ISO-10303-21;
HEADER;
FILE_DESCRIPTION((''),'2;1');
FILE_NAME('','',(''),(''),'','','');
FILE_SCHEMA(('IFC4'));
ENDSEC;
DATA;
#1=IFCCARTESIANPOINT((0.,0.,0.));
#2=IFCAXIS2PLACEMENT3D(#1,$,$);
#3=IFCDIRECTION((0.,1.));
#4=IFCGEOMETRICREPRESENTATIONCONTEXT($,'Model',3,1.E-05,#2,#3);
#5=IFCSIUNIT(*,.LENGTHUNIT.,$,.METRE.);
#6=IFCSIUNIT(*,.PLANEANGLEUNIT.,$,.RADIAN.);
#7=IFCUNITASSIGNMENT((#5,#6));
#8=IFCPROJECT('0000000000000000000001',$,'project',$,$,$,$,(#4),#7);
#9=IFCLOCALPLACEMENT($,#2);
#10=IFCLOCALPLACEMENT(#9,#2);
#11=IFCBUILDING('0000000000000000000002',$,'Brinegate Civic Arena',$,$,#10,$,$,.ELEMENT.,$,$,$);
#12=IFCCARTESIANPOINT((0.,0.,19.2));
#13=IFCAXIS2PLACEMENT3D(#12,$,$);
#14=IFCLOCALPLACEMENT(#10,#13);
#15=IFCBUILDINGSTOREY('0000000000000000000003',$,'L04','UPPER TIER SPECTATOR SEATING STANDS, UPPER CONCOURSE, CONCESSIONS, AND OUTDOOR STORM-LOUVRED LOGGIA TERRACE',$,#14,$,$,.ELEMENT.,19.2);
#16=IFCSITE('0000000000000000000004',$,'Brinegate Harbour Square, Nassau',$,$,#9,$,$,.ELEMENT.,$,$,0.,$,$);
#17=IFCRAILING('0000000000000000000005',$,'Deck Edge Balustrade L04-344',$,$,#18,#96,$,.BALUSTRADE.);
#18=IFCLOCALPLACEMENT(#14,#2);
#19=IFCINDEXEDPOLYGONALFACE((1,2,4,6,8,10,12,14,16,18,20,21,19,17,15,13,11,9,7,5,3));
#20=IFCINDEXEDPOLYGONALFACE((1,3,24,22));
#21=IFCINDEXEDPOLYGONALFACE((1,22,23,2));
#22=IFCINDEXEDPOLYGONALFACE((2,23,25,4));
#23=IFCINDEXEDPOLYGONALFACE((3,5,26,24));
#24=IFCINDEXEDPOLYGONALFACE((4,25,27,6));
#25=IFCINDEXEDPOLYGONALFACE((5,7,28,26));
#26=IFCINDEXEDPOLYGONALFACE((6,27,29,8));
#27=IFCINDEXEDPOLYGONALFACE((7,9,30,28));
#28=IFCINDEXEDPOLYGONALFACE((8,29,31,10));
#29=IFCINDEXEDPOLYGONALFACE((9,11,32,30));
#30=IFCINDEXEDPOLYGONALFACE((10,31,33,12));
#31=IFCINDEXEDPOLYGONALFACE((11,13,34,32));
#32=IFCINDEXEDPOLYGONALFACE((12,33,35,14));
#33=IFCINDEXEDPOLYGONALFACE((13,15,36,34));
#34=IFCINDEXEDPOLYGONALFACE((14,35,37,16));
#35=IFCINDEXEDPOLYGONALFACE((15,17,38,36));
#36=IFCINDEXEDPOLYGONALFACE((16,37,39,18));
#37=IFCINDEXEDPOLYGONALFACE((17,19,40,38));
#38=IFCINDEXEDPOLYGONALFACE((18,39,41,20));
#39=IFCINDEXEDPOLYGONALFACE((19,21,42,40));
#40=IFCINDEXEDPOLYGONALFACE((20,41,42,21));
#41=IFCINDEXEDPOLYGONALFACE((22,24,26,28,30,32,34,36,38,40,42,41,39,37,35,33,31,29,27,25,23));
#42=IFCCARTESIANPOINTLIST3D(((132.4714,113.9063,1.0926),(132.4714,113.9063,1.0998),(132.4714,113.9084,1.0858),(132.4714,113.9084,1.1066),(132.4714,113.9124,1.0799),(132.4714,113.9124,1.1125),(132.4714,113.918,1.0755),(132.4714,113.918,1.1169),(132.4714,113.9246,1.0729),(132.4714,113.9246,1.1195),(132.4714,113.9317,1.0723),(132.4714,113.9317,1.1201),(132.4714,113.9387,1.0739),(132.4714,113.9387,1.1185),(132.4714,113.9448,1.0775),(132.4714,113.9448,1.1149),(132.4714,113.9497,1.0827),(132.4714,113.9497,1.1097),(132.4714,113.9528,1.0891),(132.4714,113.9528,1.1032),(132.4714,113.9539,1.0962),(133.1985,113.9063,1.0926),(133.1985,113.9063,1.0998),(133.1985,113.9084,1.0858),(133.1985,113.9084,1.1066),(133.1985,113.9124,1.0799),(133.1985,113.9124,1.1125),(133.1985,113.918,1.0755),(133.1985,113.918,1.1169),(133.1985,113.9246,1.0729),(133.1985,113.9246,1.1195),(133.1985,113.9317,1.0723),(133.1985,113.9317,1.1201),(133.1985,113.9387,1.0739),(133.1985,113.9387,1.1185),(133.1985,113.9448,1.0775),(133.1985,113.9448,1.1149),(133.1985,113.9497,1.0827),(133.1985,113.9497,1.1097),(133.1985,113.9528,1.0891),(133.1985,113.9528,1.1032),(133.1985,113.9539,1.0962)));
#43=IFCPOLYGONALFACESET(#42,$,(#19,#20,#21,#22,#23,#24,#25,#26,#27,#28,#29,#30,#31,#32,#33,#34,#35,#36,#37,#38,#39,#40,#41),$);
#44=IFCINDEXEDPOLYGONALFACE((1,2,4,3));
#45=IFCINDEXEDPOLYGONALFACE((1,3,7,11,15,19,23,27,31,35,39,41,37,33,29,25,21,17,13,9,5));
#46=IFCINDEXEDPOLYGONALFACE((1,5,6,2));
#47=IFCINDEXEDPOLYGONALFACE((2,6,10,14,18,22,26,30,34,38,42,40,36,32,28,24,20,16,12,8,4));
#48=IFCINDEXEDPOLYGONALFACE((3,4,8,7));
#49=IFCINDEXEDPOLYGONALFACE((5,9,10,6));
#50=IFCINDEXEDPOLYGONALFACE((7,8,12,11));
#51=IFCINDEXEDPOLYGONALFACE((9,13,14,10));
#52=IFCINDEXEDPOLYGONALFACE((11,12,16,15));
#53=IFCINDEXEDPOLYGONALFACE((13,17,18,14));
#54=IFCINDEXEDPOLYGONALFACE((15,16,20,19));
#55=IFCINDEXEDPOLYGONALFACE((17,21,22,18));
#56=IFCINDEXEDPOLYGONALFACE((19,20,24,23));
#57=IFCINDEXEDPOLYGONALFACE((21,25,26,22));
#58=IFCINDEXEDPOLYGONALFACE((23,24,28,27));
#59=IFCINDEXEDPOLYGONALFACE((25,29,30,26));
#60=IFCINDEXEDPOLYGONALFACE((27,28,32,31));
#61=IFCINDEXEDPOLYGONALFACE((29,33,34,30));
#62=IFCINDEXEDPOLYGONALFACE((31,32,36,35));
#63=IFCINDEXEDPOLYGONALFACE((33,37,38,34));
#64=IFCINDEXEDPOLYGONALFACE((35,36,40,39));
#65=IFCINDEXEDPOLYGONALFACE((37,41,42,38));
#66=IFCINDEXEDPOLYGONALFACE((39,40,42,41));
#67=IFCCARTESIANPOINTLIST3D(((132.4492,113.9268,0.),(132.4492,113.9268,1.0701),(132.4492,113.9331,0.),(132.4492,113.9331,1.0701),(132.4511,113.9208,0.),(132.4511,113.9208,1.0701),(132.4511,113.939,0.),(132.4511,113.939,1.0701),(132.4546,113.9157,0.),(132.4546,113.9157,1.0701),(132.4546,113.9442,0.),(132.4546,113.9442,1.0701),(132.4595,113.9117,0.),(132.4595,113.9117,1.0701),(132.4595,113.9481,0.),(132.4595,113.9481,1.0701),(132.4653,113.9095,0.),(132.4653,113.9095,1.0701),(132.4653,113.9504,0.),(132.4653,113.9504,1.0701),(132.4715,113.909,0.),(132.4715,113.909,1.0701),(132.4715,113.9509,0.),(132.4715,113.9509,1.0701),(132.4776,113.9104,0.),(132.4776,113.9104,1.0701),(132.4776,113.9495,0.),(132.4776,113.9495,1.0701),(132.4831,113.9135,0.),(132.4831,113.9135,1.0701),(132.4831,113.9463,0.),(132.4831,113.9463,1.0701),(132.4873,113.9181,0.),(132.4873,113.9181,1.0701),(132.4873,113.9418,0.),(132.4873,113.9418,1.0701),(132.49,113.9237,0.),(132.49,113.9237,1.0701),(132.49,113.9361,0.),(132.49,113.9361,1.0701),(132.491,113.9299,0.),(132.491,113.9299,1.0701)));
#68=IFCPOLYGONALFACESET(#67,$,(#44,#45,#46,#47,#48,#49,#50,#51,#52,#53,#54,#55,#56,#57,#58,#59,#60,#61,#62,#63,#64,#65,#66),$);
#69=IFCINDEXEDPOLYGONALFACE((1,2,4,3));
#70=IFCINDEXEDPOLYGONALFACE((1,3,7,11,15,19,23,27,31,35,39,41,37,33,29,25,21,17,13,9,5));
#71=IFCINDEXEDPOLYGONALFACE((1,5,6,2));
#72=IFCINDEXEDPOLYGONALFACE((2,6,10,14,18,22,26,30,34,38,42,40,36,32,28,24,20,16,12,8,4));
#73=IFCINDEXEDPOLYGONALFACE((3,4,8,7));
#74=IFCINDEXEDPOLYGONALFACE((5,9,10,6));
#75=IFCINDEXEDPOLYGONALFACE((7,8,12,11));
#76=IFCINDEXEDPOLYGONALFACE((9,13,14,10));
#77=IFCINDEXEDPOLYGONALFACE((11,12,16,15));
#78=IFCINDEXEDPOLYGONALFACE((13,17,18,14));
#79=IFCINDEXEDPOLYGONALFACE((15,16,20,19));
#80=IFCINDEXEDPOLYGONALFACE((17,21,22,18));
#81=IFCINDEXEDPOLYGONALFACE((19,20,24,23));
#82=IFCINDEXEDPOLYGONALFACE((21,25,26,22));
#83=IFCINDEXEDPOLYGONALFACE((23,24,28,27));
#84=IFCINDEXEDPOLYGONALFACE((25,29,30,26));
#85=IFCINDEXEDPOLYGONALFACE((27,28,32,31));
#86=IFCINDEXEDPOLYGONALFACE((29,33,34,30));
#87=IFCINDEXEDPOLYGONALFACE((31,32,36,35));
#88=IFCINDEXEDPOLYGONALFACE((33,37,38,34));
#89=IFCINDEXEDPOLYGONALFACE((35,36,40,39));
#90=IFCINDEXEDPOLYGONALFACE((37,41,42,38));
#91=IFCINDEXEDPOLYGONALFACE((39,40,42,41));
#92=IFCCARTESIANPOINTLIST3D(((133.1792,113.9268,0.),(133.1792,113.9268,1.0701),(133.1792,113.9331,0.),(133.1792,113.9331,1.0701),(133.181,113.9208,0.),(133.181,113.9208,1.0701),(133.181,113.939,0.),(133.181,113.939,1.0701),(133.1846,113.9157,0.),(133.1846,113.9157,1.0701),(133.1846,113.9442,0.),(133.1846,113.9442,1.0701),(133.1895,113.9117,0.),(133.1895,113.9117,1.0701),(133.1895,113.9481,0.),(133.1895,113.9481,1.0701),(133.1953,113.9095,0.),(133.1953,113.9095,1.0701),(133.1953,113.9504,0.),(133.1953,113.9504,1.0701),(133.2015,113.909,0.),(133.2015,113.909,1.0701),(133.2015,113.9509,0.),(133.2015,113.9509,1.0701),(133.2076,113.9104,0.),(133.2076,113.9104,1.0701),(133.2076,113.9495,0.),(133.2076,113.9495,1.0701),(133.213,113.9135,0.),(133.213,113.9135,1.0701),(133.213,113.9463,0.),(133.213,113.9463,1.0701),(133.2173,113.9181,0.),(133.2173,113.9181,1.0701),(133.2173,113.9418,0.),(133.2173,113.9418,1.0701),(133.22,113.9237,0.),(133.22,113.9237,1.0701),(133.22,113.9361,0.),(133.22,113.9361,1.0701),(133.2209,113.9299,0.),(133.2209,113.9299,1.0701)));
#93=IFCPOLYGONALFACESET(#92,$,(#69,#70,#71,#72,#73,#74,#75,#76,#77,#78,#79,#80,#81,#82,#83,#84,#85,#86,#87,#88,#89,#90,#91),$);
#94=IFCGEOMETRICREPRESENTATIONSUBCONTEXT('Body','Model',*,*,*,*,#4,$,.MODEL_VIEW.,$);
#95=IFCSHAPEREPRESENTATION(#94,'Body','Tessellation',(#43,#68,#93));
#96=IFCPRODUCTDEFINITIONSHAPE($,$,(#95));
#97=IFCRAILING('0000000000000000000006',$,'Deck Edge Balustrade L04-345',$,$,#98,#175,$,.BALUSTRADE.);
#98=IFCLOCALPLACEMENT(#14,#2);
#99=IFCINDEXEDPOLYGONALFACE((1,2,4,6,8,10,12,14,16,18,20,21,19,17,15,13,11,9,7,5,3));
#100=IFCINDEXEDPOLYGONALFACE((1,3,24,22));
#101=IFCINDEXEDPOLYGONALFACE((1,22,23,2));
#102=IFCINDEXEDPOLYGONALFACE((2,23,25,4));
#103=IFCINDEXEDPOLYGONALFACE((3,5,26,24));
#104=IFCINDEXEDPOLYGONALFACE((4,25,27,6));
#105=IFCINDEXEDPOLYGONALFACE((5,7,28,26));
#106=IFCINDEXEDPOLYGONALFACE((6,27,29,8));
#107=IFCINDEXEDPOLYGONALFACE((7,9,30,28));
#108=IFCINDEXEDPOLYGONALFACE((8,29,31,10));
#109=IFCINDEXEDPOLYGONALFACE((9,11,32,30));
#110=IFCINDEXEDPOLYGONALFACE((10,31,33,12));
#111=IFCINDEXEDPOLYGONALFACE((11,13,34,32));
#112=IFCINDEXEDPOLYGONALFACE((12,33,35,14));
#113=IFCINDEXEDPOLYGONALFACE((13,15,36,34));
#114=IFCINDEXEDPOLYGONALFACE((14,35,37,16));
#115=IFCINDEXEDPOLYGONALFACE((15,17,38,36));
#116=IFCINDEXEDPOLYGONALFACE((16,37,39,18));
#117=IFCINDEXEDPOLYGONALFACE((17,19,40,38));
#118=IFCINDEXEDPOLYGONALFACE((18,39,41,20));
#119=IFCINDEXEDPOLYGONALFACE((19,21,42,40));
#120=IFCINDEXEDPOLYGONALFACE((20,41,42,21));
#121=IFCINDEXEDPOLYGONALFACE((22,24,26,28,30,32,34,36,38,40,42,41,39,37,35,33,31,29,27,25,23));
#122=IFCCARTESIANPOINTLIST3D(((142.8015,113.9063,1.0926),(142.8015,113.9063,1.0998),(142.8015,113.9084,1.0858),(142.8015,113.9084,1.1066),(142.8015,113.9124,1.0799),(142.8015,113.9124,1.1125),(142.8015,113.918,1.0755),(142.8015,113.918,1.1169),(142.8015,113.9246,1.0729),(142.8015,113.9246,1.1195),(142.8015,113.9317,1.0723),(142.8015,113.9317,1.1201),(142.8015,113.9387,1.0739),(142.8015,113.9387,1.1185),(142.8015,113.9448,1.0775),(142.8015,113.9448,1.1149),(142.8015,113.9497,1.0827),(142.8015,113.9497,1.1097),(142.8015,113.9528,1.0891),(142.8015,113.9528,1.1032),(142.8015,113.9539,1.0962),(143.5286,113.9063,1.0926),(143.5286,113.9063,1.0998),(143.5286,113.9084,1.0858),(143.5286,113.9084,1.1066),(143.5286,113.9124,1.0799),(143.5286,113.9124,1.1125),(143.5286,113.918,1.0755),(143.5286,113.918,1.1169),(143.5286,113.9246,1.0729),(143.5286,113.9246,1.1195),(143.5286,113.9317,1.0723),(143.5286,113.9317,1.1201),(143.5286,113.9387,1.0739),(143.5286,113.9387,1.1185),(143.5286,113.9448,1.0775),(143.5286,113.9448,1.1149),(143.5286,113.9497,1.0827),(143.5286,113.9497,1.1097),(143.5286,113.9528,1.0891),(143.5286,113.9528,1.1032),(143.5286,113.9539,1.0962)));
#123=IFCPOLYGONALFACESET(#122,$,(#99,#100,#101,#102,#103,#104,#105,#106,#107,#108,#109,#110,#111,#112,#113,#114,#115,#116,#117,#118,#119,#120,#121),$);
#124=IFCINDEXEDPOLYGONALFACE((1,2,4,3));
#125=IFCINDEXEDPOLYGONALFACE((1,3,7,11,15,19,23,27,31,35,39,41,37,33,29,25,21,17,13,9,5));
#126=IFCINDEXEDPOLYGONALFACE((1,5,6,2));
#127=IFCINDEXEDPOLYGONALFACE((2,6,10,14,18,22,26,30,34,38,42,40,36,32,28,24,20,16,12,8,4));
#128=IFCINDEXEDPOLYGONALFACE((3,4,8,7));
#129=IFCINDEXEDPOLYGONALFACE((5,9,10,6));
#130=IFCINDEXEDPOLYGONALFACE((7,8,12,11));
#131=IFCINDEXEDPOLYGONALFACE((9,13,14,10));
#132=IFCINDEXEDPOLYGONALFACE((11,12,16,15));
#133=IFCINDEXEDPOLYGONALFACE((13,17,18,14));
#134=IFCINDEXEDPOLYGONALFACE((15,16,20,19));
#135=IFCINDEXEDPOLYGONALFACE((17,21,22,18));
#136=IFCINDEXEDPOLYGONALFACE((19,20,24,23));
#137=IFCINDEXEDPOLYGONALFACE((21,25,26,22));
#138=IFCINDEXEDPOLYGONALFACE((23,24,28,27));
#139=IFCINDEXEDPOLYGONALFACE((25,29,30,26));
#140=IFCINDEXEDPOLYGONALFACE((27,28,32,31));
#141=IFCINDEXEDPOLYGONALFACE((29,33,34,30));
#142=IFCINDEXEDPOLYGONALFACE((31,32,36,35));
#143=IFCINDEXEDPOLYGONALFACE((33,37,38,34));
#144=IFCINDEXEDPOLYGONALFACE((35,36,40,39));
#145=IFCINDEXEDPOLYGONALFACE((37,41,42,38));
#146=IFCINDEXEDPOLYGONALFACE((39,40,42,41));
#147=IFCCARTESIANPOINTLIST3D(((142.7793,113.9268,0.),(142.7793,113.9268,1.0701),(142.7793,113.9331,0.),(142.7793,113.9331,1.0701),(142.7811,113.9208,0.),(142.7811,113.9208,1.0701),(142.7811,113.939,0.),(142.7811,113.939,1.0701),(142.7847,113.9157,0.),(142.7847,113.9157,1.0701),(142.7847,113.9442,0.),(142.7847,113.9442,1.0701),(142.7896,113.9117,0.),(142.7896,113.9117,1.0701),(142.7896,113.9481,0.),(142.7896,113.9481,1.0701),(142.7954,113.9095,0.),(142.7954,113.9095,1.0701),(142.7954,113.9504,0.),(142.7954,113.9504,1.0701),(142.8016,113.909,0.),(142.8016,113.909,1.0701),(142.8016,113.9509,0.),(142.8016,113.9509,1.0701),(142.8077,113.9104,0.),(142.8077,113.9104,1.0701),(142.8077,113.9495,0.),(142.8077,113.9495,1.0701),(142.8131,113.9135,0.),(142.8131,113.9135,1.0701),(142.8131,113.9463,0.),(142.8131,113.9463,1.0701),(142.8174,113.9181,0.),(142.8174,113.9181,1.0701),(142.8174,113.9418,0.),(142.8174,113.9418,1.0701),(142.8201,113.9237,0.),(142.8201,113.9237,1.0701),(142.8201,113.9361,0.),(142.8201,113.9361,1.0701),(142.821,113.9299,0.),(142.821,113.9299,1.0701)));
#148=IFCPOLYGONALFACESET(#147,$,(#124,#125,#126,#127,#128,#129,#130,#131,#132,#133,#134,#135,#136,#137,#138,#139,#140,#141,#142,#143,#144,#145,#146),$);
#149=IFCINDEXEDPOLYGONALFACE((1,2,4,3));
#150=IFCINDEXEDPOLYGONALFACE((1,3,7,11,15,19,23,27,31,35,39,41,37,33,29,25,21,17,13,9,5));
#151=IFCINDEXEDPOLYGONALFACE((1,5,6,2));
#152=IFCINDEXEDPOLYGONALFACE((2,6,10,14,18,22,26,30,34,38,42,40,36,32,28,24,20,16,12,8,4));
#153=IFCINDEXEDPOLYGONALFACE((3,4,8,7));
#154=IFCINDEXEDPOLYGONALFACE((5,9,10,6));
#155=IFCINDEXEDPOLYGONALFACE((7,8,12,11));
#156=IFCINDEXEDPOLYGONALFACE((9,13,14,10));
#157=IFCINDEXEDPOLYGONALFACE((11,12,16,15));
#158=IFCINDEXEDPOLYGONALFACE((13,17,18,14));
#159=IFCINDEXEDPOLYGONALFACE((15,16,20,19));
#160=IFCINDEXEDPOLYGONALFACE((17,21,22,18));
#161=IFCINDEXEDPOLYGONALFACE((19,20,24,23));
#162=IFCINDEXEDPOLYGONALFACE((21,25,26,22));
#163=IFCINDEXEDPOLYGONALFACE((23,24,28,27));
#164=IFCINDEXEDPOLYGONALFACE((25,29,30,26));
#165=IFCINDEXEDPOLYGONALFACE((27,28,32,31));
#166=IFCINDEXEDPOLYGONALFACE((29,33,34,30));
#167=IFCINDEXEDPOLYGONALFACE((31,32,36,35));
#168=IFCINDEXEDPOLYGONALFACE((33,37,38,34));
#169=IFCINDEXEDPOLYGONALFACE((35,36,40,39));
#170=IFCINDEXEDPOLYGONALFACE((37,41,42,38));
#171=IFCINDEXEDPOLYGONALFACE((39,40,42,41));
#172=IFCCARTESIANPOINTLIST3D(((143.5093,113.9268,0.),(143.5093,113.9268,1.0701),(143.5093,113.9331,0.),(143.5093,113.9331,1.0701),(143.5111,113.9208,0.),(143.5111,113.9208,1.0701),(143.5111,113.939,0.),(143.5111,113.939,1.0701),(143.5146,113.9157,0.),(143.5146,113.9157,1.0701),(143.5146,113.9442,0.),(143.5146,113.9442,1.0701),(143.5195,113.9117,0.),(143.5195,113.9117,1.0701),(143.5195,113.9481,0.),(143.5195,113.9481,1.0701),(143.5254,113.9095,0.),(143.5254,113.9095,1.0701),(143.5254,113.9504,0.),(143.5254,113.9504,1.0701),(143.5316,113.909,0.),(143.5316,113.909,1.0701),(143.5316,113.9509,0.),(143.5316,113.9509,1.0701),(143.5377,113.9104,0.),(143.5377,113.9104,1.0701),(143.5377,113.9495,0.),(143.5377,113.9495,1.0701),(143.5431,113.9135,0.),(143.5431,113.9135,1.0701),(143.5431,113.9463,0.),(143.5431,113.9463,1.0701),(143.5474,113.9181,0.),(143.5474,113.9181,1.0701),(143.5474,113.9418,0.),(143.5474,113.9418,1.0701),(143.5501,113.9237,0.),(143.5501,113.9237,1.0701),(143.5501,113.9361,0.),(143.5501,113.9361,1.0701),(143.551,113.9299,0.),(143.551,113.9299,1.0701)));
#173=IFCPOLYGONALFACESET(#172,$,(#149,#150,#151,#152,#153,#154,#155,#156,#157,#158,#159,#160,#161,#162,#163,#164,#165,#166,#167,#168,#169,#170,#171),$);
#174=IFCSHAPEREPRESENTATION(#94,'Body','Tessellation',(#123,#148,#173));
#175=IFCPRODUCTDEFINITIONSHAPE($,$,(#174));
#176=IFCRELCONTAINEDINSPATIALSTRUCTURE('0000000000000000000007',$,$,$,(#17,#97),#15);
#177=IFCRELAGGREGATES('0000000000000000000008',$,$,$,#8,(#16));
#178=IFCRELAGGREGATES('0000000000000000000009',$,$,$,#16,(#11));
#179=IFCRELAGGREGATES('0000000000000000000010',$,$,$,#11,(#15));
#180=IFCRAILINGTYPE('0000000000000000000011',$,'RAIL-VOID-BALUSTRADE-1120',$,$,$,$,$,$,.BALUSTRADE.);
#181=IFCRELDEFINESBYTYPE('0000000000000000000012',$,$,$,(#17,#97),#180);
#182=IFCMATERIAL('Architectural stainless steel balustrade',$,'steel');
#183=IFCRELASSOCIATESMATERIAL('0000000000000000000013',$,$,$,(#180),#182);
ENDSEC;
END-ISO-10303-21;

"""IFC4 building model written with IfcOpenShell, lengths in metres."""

from ifc_helpers import new_model, si_unit, direction, frame, origin, origin_2d, place, context, subcontext, project, spatial, circle, extrude, material, type_object, element, save


model = new_model("IFC4")

# Units and contexts
model_context = context("Model", 3, precision=1e-05, world=origin(), true_north=direction((0.0, 1.0)))
body_context = subcontext(model_context, "Body", "Model", "MODEL_VIEW")
ifc_project = project(units=[si_unit("LENGTHUNIT", "METRE"), si_unit("PLANEANGLEUNIT", "RADIAN")], contexts=[model_context])

# Site, building, storey
site_placement = place(None, origin())
site = spatial("IfcSite", under=ifc_project, at=site_placement, Name="Brinegate Harbour Square, Nassau", CompositionType="ELEMENT", RefElevation=0.0)
building_placement = place(site_placement, origin())
building = spatial("IfcBuilding", under=site, at=building_placement, Name="Brinegate Civic Arena", CompositionType="ELEMENT")
storey_placement = place(building_placement, frame((0.0, 0.0, 19.2)))
storey = spatial("IfcBuildingStorey", under=building, at=storey_placement, Name="L04", Description="UPPER TIER SPECTATOR SEATING STANDS, UPPER CONCOURSE, CONCESSIONS, AND OUTDOOR STORM-LOUVRED LOGGIA TERRACE", CompositionType="ELEMENT", Elevation=19.2)

# Railings
ifc_material_1 = material(Name="Architectural stainless steel balustrade", Category="steel")
railing_type_1 = type_object("IfcRailingType", Name="RAIL-VOID-BALUSTRADE-1120", PredefinedType="BALUSTRADE", material=ifc_material_1)
for number, where, name in (
    (1, (132.47, 113.9299, 0.0), "Deck Edge Balustrade L04-344"),
    (2, (142.8, 113.9299, 0.0), "Deck Edge Balustrade L04-345"),
):
    element("IfcRailing", number, at=place(storey_placement, frame(where)), inside=storey, type_object=railing_type_1, Name=name, PredefinedType="BALUSTRADE", context=body_context, shape_type="SweptSolid", body=[
        extrude(circle(Radius=0.0239, at=origin_2d()), frame((0.0015, 0.0, 1.0962), z_axis=(1.0, 0.0, 0.0), x_axis=(0.0, 1.0, 0.0)), (0.0, 0.0, 1.0), 0.7271),
        extrude(circle(Radius=0.021, at=origin_2d()), origin(), (0.0, 0.0, 1.0), 1.0701),
        extrude(circle(Radius=0.021, at=origin_2d()), frame((0.73, 0.0, 0.0)), (0.0, 0.0, 1.0), 1.0701),
    ])

save(model, "model.ifc")
